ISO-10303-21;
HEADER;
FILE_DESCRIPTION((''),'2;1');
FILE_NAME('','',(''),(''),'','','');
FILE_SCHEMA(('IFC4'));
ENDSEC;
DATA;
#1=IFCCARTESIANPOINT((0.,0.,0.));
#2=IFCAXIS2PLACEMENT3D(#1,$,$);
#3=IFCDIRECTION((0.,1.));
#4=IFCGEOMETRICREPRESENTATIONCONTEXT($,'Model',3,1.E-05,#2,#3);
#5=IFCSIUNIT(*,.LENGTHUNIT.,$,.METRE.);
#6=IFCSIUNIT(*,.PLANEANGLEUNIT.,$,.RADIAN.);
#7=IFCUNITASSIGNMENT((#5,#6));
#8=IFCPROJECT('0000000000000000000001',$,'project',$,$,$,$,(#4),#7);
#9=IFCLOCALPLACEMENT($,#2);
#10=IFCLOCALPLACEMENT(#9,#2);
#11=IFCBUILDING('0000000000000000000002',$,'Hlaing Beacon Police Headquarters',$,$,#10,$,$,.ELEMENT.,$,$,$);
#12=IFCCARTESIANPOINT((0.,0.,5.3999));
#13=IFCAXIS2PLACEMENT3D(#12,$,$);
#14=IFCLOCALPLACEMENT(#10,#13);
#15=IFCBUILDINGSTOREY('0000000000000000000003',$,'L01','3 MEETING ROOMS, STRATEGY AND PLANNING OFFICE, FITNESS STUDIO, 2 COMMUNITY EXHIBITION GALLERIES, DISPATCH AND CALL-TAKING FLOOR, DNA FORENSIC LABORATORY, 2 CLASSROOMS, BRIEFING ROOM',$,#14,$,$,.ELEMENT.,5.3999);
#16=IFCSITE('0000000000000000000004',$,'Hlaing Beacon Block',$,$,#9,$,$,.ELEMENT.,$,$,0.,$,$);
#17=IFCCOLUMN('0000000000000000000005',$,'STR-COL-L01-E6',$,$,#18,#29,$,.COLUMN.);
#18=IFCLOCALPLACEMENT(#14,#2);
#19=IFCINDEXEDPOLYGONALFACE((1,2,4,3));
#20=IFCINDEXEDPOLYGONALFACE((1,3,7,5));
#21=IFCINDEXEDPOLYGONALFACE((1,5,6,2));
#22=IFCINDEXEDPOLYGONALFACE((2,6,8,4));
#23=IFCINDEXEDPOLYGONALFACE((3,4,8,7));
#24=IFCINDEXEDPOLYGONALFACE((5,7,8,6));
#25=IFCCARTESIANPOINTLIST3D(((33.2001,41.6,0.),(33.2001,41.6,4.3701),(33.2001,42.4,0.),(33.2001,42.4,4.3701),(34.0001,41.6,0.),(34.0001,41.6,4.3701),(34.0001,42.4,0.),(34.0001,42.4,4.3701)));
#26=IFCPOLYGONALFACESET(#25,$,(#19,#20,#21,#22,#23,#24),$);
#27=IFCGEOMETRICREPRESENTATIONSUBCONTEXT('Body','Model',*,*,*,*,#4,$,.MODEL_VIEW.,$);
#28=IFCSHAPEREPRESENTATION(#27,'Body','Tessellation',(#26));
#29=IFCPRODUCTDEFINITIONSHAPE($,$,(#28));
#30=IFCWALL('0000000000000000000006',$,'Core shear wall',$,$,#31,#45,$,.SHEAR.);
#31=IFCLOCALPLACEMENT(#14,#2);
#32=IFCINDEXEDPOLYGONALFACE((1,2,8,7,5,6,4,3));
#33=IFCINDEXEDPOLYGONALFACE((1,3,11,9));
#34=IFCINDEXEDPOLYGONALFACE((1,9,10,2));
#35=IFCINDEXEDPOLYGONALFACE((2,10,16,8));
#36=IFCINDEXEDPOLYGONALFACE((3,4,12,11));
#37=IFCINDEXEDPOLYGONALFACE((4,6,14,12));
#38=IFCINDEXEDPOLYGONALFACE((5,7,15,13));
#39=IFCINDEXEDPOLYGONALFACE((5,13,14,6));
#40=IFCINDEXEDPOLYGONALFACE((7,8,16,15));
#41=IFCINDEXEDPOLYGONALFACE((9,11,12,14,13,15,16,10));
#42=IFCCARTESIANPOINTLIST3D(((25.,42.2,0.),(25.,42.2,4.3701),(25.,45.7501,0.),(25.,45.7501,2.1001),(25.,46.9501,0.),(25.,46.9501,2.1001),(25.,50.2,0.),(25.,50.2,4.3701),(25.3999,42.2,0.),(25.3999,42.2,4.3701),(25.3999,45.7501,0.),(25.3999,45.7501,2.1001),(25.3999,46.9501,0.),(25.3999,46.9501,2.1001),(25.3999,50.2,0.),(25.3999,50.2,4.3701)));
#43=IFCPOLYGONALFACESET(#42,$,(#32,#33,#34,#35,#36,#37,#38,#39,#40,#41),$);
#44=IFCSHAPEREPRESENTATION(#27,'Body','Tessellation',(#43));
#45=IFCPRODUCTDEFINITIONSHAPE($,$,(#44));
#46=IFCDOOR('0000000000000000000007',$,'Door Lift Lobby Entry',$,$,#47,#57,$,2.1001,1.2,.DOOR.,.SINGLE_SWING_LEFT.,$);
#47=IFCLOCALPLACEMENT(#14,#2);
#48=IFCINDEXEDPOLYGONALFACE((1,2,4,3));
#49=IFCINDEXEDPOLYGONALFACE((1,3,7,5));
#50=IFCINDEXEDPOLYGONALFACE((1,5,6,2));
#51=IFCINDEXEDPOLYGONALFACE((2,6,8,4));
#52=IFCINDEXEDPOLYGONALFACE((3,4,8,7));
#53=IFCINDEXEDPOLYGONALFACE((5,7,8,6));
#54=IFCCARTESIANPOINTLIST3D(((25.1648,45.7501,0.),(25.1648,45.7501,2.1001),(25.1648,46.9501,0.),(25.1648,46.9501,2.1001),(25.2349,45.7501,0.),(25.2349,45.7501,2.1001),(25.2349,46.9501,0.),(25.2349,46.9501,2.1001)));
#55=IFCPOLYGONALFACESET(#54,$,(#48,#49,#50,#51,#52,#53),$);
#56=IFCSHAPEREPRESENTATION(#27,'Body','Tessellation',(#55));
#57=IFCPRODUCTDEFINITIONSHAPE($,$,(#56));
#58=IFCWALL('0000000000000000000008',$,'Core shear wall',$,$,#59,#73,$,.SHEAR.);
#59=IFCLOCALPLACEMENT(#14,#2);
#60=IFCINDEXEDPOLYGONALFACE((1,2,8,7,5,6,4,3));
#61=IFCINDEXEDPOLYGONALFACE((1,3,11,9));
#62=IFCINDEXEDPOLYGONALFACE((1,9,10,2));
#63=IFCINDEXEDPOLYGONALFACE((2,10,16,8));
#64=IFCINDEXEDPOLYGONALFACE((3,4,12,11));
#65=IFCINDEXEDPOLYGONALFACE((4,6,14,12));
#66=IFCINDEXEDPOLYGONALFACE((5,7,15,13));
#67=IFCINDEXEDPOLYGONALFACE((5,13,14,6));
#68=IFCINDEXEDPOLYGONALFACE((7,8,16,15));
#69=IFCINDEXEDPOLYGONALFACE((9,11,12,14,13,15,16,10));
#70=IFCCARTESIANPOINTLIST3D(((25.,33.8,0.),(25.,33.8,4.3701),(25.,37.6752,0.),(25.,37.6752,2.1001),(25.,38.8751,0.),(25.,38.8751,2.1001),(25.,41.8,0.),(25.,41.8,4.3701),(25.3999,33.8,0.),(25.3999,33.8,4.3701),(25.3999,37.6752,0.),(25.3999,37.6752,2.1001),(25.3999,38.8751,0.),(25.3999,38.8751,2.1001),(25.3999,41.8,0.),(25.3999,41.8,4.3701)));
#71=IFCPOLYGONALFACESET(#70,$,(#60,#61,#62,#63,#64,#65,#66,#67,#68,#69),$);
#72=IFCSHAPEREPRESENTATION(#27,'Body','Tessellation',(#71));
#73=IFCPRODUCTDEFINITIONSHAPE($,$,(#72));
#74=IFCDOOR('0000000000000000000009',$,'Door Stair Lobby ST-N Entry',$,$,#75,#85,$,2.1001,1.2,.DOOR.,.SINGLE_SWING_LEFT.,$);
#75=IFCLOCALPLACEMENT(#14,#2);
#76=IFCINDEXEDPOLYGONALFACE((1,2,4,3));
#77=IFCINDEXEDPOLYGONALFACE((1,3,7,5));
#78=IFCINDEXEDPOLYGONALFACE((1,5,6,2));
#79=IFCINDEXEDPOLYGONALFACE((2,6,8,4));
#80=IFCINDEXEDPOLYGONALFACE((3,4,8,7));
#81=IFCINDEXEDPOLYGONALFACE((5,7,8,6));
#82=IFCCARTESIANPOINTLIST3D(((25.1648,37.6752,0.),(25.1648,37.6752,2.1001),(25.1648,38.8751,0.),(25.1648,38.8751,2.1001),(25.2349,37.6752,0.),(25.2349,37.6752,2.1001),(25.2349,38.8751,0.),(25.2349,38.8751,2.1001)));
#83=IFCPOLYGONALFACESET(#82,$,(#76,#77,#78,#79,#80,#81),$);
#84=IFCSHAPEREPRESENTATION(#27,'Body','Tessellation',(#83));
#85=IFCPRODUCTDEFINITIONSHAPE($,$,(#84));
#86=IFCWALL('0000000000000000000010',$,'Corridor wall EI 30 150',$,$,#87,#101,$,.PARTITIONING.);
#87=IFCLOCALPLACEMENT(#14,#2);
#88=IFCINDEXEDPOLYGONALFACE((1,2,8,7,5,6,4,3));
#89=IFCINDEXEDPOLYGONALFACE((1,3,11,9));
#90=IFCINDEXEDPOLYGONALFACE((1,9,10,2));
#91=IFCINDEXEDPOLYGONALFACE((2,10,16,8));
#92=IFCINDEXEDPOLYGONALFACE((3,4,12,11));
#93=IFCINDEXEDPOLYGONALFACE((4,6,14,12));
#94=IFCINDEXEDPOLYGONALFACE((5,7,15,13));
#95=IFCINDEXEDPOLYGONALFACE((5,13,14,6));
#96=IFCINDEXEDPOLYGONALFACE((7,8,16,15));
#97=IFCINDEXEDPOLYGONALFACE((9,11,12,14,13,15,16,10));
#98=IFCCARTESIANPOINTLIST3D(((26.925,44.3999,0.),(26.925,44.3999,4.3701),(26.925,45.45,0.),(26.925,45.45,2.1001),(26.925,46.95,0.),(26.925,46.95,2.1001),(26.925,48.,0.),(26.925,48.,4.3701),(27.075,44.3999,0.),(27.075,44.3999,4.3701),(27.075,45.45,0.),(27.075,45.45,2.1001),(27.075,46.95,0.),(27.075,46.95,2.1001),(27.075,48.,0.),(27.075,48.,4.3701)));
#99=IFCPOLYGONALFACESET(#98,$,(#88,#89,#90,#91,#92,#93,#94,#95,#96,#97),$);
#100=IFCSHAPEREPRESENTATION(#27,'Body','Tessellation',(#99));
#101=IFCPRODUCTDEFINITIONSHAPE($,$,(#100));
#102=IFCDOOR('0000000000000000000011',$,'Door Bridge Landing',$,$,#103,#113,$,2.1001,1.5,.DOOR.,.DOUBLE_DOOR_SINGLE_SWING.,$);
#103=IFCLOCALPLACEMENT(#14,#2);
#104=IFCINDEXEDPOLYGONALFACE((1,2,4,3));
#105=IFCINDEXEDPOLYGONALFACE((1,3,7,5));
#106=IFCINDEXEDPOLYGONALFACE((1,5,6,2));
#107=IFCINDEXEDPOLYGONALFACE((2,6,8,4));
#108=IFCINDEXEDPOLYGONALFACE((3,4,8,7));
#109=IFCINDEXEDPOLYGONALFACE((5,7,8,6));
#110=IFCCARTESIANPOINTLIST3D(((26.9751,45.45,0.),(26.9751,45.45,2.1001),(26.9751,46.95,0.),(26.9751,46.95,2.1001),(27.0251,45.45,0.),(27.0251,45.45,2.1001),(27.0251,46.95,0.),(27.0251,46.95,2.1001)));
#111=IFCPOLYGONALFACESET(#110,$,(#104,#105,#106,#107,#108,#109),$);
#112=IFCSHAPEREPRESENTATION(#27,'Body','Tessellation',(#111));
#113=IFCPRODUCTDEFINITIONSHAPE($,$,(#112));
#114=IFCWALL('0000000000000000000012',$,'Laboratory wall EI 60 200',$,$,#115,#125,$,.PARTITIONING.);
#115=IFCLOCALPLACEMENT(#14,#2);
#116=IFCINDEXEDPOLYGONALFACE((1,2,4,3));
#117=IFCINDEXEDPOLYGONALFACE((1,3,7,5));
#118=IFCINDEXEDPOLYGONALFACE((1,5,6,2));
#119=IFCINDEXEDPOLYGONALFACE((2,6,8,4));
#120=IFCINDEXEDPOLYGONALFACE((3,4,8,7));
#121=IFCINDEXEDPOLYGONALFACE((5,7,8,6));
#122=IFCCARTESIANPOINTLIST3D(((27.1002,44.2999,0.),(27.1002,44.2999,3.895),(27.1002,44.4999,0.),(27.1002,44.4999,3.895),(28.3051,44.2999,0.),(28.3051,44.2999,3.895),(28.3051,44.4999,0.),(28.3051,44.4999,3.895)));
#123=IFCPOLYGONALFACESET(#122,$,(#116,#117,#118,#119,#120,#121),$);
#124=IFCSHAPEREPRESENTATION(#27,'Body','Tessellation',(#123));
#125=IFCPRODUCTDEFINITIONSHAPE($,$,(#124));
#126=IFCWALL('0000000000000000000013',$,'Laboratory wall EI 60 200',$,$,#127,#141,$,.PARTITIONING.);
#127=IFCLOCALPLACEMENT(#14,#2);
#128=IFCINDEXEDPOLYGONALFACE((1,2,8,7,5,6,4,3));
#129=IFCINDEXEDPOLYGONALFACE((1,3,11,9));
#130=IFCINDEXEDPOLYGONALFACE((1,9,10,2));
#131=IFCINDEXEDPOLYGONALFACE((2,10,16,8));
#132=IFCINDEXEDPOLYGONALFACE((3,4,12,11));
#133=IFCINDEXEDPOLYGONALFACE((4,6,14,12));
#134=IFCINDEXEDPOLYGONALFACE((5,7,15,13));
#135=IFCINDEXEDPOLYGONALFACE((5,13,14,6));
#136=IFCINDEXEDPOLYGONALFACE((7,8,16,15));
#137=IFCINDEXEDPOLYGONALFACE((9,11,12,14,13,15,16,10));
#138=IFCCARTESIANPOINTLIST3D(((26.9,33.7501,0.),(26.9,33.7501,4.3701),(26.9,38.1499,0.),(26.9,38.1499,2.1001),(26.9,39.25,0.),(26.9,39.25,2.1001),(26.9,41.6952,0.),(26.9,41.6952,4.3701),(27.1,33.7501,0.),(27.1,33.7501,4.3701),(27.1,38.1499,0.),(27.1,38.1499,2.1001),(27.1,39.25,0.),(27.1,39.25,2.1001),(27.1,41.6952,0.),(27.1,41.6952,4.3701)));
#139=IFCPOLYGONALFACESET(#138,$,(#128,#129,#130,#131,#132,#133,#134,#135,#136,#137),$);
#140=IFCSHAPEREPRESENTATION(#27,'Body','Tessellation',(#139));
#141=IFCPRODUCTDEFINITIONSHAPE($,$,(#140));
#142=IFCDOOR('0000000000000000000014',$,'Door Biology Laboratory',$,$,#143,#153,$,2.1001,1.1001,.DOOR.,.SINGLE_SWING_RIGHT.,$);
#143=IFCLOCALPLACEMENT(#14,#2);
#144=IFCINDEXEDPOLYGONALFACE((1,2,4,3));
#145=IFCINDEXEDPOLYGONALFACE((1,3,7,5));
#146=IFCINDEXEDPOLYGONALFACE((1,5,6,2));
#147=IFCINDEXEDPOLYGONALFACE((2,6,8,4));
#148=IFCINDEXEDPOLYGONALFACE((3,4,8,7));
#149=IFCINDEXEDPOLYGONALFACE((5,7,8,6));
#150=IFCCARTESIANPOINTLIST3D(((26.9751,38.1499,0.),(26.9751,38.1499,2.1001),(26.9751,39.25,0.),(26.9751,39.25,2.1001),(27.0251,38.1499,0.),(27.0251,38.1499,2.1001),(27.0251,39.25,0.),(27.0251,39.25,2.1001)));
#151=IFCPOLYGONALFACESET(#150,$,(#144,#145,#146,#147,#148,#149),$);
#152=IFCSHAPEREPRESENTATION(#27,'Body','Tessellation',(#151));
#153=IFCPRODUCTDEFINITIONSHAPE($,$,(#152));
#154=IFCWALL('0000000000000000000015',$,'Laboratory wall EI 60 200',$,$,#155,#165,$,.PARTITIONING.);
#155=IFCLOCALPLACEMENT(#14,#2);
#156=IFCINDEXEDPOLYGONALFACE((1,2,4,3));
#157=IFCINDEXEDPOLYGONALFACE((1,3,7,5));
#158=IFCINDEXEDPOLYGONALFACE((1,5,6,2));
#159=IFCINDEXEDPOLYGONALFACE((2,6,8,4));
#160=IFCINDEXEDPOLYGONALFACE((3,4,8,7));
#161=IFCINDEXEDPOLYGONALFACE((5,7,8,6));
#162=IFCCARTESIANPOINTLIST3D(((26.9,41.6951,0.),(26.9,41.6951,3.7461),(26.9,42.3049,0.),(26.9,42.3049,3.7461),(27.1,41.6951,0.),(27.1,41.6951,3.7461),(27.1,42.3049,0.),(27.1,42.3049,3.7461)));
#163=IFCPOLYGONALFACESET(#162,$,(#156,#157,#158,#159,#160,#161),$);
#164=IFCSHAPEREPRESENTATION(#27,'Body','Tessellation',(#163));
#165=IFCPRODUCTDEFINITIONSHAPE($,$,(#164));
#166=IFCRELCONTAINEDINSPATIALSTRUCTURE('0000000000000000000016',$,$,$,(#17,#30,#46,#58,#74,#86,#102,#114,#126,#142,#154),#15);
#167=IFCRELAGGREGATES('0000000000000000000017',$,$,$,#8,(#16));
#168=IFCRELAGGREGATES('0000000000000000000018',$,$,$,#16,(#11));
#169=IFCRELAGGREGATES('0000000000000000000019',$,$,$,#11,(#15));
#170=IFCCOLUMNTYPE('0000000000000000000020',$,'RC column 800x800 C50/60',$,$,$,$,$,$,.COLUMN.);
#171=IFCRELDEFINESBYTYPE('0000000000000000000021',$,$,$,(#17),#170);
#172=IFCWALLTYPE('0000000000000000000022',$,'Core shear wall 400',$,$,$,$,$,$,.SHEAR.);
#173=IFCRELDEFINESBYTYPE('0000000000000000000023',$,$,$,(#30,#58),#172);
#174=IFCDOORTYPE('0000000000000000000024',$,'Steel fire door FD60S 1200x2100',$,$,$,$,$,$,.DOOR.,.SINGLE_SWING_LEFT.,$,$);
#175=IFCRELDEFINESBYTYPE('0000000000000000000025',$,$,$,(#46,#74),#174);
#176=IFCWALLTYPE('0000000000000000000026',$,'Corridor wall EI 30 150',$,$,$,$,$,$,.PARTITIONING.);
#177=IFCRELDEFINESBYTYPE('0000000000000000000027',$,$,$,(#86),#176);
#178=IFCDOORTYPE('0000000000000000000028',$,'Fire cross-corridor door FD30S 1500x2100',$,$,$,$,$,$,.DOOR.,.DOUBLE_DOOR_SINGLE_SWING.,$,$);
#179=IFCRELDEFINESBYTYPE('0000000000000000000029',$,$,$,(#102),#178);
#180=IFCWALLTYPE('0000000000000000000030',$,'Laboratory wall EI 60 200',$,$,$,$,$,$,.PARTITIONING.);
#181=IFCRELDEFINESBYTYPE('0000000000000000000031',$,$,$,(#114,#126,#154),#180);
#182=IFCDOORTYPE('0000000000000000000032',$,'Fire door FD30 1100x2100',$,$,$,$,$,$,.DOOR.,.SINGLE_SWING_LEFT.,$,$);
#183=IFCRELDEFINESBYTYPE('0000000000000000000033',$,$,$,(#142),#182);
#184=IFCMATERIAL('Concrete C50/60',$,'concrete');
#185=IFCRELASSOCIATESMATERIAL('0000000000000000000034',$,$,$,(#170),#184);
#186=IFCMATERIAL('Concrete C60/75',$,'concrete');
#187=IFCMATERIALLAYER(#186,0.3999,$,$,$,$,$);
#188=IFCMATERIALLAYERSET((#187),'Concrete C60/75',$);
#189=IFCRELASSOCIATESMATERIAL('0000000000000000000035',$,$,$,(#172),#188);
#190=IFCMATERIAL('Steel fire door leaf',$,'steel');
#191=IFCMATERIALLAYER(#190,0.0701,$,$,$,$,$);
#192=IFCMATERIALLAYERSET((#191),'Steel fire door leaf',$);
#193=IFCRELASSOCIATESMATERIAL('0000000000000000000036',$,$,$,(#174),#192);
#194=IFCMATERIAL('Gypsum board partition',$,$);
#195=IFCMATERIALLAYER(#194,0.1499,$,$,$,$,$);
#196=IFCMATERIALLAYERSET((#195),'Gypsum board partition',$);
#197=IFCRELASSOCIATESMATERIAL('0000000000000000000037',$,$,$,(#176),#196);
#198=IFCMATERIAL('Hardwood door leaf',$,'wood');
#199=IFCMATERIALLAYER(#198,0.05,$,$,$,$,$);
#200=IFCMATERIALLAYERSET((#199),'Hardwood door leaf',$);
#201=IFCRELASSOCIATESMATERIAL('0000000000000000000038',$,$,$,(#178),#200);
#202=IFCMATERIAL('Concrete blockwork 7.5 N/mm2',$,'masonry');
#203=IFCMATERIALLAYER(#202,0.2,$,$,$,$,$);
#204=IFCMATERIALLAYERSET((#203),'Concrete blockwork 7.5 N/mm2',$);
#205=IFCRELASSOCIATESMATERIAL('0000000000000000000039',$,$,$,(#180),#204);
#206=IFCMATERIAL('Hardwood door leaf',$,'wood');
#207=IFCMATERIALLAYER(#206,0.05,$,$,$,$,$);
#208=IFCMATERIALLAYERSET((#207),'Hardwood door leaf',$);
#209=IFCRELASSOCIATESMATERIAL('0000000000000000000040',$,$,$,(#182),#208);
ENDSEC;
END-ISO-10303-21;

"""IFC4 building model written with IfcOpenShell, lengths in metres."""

from ifc_helpers import new_model, si_unit, direction, frame, frame_2d, origin, origin_2d, place, context, subcontext, project, spatial, rectangle, extrude, material, layer, layer_set, material_profile, profile_set, type_object, element, fill, save


model = new_model("IFC4")

# Units and contexts
model_context = context("Model", 3, precision=1e-05, world=origin(), true_north=direction((0.0, 1.0)))
body_context = subcontext(model_context, "Body", "Model", "MODEL_VIEW")
ifc_project = project(units=[si_unit("LENGTHUNIT", "METRE"), si_unit("PLANEANGLEUNIT", "RADIAN")], contexts=[model_context])

# Site, building, storey
site_placement = place(None, origin())
site = spatial("IfcSite", under=ifc_project, at=site_placement, Name="Hlaing Beacon Block", CompositionType="ELEMENT", RefElevation=0.0)
building_placement = place(site_placement, origin())
building = spatial("IfcBuilding", under=site, at=building_placement, Name="Hlaing Beacon Police Headquarters", CompositionType="ELEMENT")
storey_placement = place(building_placement, frame((0.0, 0.0, 5.3999)))
storey = spatial("IfcBuildingStorey", under=building, at=storey_placement, Name="L01", Description="3 MEETING ROOMS, STRATEGY AND PLANNING OFFICE, FITNESS STUDIO, 2 COMMUNITY EXHIBITION GALLERIES, DISPATCH AND CALL-TAKING FLOOR, DNA FORENSIC LABORATORY, 2 CLASSROOMS, BRIEFING ROOM", CompositionType="ELEMENT", Elevation=5.3999)

# Column
ifc_material_1 = material(Name="Concrete C50/60", Category="concrete")
ifc_material_profile = material_profile(ifc_material_1, rectangle(XDim=0.8, YDim=0.8, at=origin_2d()), Name="800x800")
ifc_profile_set = profile_set([ifc_material_profile], Name="Concrete C50/60")
column_type = type_object("IfcColumnType", Name="RC column 800x800 C50/60", PredefinedType="COLUMN", material=ifc_profile_set)
column_placement = place(storey_placement, frame((33.6001, 42.0, 0.0), z_axis=(0.0, 0.0, 1.0), x_axis=(1.0, 0.0, 0.0)))
element("IfcColumn", 1, at=column_placement, inside=storey, type_object=column_type, Name="STR-COL-L01-E6", PredefinedType="COLUMN", context=body_context, shape_type="SweptSolid", body=[
    extrude(rectangle(XDim=0.8, YDim=0.8, at=origin_2d()), origin(), (0.0, 0.0, 1.0), 4.3701),
])

# Walls, openings, doors
ifc_material_2 = material(Name="Concrete C60/75", Category="concrete")
ifc_layer_1 = layer(ifc_material_2, 0.3999)
ifc_layer_set_1 = layer_set([ifc_layer_1], Name="Concrete C60/75")
wall_type_1 = type_object("IfcWallType", Name="Core shear wall 400", PredefinedType="SHEAR", material=ifc_layer_set_1)
wall_1_placement = place(storey_placement, frame((25.2, 42.2, 0.0), z_axis=(0.0, 0.0, 1.0), x_axis=(0.0, 1.0, 0.0)))
wall_1 = element("IfcWall", 2, at=wall_1_placement, inside=storey, type_object=wall_type_1, Name="Core shear wall", PredefinedType="SHEAR", context=body_context, shape_type="SweptSolid", body=[
    extrude(rectangle(XDim=8.0, YDim=0.3999, at=frame_2d((4.0, 0.0))), origin(), (0.0, 0.0, 1.0), 4.3701),
])
opening_1_placement = place(wall_1_placement, frame((3.55, 0.0, 0.0)))
opening_1 = element("IfcOpeningElement", 3, at=opening_1_placement, cuts=wall_1, PredefinedType="OPENING", context=body_context, shape_type="SweptSolid", body=[
    extrude(rectangle(XDim=1.2, YDim=2.1001, at=frame_2d((0.6001, 1.05))), frame((0.0, 0.21, 0.0), z_axis=(0.0, -1.0, 0.0), x_axis=(1.0, 0.0, 0.0)), (0.0, 0.0, 1.0), 0.4199),
])
ifc_material_3 = material(Name="Steel fire door leaf", Category="steel")
ifc_layer_2 = layer(ifc_material_3, 0.0701)
ifc_layer_set_2 = layer_set([ifc_layer_2], Name="Steel fire door leaf")
door_type_1 = type_object("IfcDoorType", Name="Steel fire door FD60S 1200x2100", OperationType="SINGLE_SWING_LEFT", PredefinedType="DOOR", material=ifc_layer_set_2)
door_1_placement = place(opening_1_placement, origin())
door_1 = element("IfcDoor", 4, at=door_1_placement, inside=storey, type_object=door_type_1, Name="Door Lift Lobby Entry", OperationType="SINGLE_SWING_LEFT", OverallHeight=2.1001, OverallWidth=1.2, PredefinedType="DOOR", context=body_context, shape_type="SweptSolid", body=[
    extrude(rectangle(XDim=1.2, YDim=2.1001, at=frame_2d((0.6001, 1.05))), frame((0.0, 0.0352, 0.0), z_axis=(0.0, -1.0, 0.0), x_axis=(1.0, 0.0, 0.0)), (0.0, 0.0, 1.0), 0.0701),
])
fill(opening_1, door_1)
wall_2_placement = place(storey_placement, frame((25.2, 33.8, 0.0), z_axis=(0.0, 0.0, 1.0), x_axis=(0.0, 1.0, 0.0)))
wall_2 = element("IfcWall", 5, at=wall_2_placement, inside=storey, type_object=wall_type_1, Name="Core shear wall", PredefinedType="SHEAR", context=body_context, shape_type="SweptSolid", body=[
    extrude(rectangle(XDim=8.0, YDim=0.3999, at=frame_2d((4.0, 0.0))), origin(), (0.0, 0.0, 1.0), 4.3701),
])
opening_2_placement = place(wall_2_placement, frame((3.875, 0.0, 0.0)))
opening_2 = element("IfcOpeningElement", 6, at=opening_2_placement, cuts=wall_2, PredefinedType="OPENING", context=body_context, shape_type="SweptSolid", body=[
    extrude(rectangle(XDim=1.2, YDim=2.1001, at=frame_2d((0.6001, 1.05))), frame((0.0, 0.21, 0.0), z_axis=(0.0, -1.0, 0.0), x_axis=(1.0, 0.0, 0.0)), (0.0, 0.0, 1.0), 0.4199),
])
door_2_placement = place(opening_2_placement, origin())
door_2 = element("IfcDoor", 7, at=door_2_placement, inside=storey, type_object=door_type_1, Name="Door Stair Lobby ST-N Entry", OperationType="SINGLE_SWING_LEFT", OverallHeight=2.1001, OverallWidth=1.2, PredefinedType="DOOR", context=body_context, shape_type="SweptSolid", body=[
    extrude(rectangle(XDim=1.2, YDim=2.1001, at=frame_2d((0.6001, 1.05))), frame((0.0, 0.0352, 0.0), z_axis=(0.0, -1.0, 0.0), x_axis=(1.0, 0.0, 0.0)), (0.0, 0.0, 1.0), 0.0701),
])
fill(opening_2, door_2)
ifc_material_4 = material(Name="Gypsum board partition")
ifc_layer_3 = layer(ifc_material_4, 0.1499)
ifc_layer_set_3 = layer_set([ifc_layer_3], Name="Gypsum board partition")
wall_type_2 = type_object("IfcWallType", Name="Corridor wall EI 30 150", PredefinedType="PARTITIONING", material=ifc_layer_set_3)
wall_3_placement = place(storey_placement, frame((27.0, 44.3999, 0.0), z_axis=(0.0, 0.0, 1.0), x_axis=(0.0, 1.0, 0.0)))
wall_3 = element("IfcWall", 8, at=wall_3_placement, inside=storey, type_object=wall_type_2, Name="Corridor wall EI 30 150", PredefinedType="PARTITIONING", context=body_context, shape_type="SweptSolid", body=[
    extrude(rectangle(XDim=3.6001, YDim=0.1499, at=frame_2d((1.8, 0.0))), origin(), (0.0, 0.0, 1.0), 4.3701),
])
opening_3_placement = place(wall_3_placement, frame((1.05, 0.0, 0.0)))
opening_3 = element("IfcOpeningElement", 9, at=opening_3_placement, cuts=wall_3, PredefinedType="OPENING", context=body_context, shape_type="SweptSolid", body=[
    extrude(rectangle(XDim=1.5, YDim=2.1001, at=frame_2d((0.75, 1.05))), frame((0.0, 0.085, 0.0), z_axis=(0.0, -1.0, 0.0), x_axis=(1.0, 0.0, 0.0)), (0.0, 0.0, 1.0), 0.1699),
])
ifc_material_5 = material(Name="Hardwood door leaf", Category="wood")
ifc_layer_4 = layer(ifc_material_5, 0.05)
ifc_layer_set_4 = layer_set([ifc_layer_4], Name="Hardwood door leaf")
door_type_2 = type_object("IfcDoorType", Name="Fire cross-corridor door FD30S 1500x2100", OperationType="DOUBLE_DOOR_SINGLE_SWING", PredefinedType="DOOR", material=ifc_layer_set_4)
door_3_placement = place(opening_3_placement, frame((1.5, 0.0, 0.0), z_axis=(0.0, 0.0, 1.0), x_axis=(-1.0, 0.0, 0.0)))
door_3 = element("IfcDoor", 10, at=door_3_placement, inside=storey, type_object=door_type_2, Name="Door Bridge Landing", OperationType="DOUBLE_DOOR_SINGLE_SWING", OverallHeight=2.1001, OverallWidth=1.5, PredefinedType="DOOR", context=body_context, shape_type="SweptSolid", body=[
    extrude(rectangle(XDim=1.5, YDim=2.1001, at=frame_2d((0.75, 1.05))), frame((0.0, 0.0251, 0.0), z_axis=(0.0, -1.0, 0.0), x_axis=(1.0, 0.0, 0.0)), (0.0, 0.0, 1.0), 0.05),
])
fill(opening_3, door_3)

# Wall
ifc_material_6 = material(Name="Concrete blockwork 7.5 N/mm2", Category="masonry")
ifc_layer_5 = layer(ifc_material_6, 0.2)
ifc_layer_set_5 = layer_set([ifc_layer_5], Name="Concrete blockwork 7.5 N/mm2")
wall_type_3 = type_object("IfcWallType", Name="Laboratory wall EI 60 200", PredefinedType="PARTITIONING", material=ifc_layer_set_5)
wall_4_placement = place(storey_placement, frame((27.1001, 44.3999, 0.0), z_axis=(0.0, 0.0, 1.0), x_axis=(1.0, 0.0, 0.0)))
element("IfcWall", 11, at=wall_4_placement, inside=storey, type_object=wall_type_3, Name="Laboratory wall EI 60 200", PredefinedType="PARTITIONING", context=body_context, shape_type="SweptSolid", body=[
    extrude(rectangle(XDim=1.2048, YDim=0.2, at=frame_2d((0.6025, 0.0))), origin(), (0.0, 0.0, 1.0), 3.895),
])

# Wall, opening, door
wall_5_placement = place(storey_placement, frame((27.0, 33.75, 0.0), z_axis=(0.0, 0.0, 1.0), x_axis=(0.0, 1.0, 0.0)))
wall_5 = element("IfcWall", 12, at=wall_5_placement, inside=storey, type_object=wall_type_3, Name="Laboratory wall EI 60 200", PredefinedType="PARTITIONING", context=body_context, shape_type="SweptSolid", body=[
    extrude(rectangle(XDim=7.9451, YDim=0.2, at=frame_2d((3.9727, 0.0))), origin(), (0.0, 0.0, 1.0), 4.3701),
])
opening_4_placement = place(wall_5_placement, frame((4.3999, 0.0, 0.0)))
opening_4 = element("IfcOpeningElement", 13, at=opening_4_placement, cuts=wall_5, PredefinedType="OPENING", context=body_context, shape_type="SweptSolid", body=[
    extrude(rectangle(XDim=1.1001, YDim=2.1001, at=frame_2d((0.55, 1.05))), frame((0.0, 0.1099, 0.0), z_axis=(0.0, -1.0, 0.0), x_axis=(1.0, 0.0, 0.0)), (0.0, 0.0, 1.0), 0.22),
])
ifc_material_7 = material(Name="Hardwood door leaf", Category="wood")
ifc_layer_6 = layer(ifc_material_7, 0.05)
ifc_layer_set_6 = layer_set([ifc_layer_6], Name="Hardwood door leaf")
door_type_3 = type_object("IfcDoorType", Name="Fire door FD30 1100x2100", OperationType="SINGLE_SWING_LEFT", PredefinedType="DOOR", material=ifc_layer_set_6)
door_4_placement = place(opening_4_placement, frame((1.1001, 0.0, 0.0), z_axis=(0.0, 0.0, 1.0), x_axis=(-1.0, 0.0, 0.0)))
door_4 = element("IfcDoor", 14, at=door_4_placement, inside=storey, type_object=door_type_3, Name="Door Biology Laboratory", OperationType="SINGLE_SWING_RIGHT", OverallHeight=2.1001, OverallWidth=1.1001, PredefinedType="DOOR", context=body_context, shape_type="SweptSolid", body=[
    extrude(rectangle(XDim=1.1001, YDim=2.1001, at=frame_2d((0.55, 1.05))), frame((0.0, 0.0251, 0.0), z_axis=(0.0, -1.0, 0.0), x_axis=(1.0, 0.0, 0.0)), (0.0, 0.0, 1.0), 0.05),
])
fill(opening_4, door_4)

# Wall
wall_6_placement = place(storey_placement, frame((27.0, 41.6951, 0.0), z_axis=(0.0, 0.0, 1.0), x_axis=(0.0, 1.0, 0.0)))
element("IfcWall", 15, at=wall_6_placement, inside=storey, type_object=wall_type_3, Name="Laboratory wall EI 60 200", PredefinedType="PARTITIONING", context=body_context, shape_type="SweptSolid", body=[
    extrude(rectangle(XDim=0.6099, YDim=0.2, at=frame_2d((0.3049, 0.0))), origin(), (0.0, 0.0, 1.0), 3.7461),
])

save(model, "model.ifc")
